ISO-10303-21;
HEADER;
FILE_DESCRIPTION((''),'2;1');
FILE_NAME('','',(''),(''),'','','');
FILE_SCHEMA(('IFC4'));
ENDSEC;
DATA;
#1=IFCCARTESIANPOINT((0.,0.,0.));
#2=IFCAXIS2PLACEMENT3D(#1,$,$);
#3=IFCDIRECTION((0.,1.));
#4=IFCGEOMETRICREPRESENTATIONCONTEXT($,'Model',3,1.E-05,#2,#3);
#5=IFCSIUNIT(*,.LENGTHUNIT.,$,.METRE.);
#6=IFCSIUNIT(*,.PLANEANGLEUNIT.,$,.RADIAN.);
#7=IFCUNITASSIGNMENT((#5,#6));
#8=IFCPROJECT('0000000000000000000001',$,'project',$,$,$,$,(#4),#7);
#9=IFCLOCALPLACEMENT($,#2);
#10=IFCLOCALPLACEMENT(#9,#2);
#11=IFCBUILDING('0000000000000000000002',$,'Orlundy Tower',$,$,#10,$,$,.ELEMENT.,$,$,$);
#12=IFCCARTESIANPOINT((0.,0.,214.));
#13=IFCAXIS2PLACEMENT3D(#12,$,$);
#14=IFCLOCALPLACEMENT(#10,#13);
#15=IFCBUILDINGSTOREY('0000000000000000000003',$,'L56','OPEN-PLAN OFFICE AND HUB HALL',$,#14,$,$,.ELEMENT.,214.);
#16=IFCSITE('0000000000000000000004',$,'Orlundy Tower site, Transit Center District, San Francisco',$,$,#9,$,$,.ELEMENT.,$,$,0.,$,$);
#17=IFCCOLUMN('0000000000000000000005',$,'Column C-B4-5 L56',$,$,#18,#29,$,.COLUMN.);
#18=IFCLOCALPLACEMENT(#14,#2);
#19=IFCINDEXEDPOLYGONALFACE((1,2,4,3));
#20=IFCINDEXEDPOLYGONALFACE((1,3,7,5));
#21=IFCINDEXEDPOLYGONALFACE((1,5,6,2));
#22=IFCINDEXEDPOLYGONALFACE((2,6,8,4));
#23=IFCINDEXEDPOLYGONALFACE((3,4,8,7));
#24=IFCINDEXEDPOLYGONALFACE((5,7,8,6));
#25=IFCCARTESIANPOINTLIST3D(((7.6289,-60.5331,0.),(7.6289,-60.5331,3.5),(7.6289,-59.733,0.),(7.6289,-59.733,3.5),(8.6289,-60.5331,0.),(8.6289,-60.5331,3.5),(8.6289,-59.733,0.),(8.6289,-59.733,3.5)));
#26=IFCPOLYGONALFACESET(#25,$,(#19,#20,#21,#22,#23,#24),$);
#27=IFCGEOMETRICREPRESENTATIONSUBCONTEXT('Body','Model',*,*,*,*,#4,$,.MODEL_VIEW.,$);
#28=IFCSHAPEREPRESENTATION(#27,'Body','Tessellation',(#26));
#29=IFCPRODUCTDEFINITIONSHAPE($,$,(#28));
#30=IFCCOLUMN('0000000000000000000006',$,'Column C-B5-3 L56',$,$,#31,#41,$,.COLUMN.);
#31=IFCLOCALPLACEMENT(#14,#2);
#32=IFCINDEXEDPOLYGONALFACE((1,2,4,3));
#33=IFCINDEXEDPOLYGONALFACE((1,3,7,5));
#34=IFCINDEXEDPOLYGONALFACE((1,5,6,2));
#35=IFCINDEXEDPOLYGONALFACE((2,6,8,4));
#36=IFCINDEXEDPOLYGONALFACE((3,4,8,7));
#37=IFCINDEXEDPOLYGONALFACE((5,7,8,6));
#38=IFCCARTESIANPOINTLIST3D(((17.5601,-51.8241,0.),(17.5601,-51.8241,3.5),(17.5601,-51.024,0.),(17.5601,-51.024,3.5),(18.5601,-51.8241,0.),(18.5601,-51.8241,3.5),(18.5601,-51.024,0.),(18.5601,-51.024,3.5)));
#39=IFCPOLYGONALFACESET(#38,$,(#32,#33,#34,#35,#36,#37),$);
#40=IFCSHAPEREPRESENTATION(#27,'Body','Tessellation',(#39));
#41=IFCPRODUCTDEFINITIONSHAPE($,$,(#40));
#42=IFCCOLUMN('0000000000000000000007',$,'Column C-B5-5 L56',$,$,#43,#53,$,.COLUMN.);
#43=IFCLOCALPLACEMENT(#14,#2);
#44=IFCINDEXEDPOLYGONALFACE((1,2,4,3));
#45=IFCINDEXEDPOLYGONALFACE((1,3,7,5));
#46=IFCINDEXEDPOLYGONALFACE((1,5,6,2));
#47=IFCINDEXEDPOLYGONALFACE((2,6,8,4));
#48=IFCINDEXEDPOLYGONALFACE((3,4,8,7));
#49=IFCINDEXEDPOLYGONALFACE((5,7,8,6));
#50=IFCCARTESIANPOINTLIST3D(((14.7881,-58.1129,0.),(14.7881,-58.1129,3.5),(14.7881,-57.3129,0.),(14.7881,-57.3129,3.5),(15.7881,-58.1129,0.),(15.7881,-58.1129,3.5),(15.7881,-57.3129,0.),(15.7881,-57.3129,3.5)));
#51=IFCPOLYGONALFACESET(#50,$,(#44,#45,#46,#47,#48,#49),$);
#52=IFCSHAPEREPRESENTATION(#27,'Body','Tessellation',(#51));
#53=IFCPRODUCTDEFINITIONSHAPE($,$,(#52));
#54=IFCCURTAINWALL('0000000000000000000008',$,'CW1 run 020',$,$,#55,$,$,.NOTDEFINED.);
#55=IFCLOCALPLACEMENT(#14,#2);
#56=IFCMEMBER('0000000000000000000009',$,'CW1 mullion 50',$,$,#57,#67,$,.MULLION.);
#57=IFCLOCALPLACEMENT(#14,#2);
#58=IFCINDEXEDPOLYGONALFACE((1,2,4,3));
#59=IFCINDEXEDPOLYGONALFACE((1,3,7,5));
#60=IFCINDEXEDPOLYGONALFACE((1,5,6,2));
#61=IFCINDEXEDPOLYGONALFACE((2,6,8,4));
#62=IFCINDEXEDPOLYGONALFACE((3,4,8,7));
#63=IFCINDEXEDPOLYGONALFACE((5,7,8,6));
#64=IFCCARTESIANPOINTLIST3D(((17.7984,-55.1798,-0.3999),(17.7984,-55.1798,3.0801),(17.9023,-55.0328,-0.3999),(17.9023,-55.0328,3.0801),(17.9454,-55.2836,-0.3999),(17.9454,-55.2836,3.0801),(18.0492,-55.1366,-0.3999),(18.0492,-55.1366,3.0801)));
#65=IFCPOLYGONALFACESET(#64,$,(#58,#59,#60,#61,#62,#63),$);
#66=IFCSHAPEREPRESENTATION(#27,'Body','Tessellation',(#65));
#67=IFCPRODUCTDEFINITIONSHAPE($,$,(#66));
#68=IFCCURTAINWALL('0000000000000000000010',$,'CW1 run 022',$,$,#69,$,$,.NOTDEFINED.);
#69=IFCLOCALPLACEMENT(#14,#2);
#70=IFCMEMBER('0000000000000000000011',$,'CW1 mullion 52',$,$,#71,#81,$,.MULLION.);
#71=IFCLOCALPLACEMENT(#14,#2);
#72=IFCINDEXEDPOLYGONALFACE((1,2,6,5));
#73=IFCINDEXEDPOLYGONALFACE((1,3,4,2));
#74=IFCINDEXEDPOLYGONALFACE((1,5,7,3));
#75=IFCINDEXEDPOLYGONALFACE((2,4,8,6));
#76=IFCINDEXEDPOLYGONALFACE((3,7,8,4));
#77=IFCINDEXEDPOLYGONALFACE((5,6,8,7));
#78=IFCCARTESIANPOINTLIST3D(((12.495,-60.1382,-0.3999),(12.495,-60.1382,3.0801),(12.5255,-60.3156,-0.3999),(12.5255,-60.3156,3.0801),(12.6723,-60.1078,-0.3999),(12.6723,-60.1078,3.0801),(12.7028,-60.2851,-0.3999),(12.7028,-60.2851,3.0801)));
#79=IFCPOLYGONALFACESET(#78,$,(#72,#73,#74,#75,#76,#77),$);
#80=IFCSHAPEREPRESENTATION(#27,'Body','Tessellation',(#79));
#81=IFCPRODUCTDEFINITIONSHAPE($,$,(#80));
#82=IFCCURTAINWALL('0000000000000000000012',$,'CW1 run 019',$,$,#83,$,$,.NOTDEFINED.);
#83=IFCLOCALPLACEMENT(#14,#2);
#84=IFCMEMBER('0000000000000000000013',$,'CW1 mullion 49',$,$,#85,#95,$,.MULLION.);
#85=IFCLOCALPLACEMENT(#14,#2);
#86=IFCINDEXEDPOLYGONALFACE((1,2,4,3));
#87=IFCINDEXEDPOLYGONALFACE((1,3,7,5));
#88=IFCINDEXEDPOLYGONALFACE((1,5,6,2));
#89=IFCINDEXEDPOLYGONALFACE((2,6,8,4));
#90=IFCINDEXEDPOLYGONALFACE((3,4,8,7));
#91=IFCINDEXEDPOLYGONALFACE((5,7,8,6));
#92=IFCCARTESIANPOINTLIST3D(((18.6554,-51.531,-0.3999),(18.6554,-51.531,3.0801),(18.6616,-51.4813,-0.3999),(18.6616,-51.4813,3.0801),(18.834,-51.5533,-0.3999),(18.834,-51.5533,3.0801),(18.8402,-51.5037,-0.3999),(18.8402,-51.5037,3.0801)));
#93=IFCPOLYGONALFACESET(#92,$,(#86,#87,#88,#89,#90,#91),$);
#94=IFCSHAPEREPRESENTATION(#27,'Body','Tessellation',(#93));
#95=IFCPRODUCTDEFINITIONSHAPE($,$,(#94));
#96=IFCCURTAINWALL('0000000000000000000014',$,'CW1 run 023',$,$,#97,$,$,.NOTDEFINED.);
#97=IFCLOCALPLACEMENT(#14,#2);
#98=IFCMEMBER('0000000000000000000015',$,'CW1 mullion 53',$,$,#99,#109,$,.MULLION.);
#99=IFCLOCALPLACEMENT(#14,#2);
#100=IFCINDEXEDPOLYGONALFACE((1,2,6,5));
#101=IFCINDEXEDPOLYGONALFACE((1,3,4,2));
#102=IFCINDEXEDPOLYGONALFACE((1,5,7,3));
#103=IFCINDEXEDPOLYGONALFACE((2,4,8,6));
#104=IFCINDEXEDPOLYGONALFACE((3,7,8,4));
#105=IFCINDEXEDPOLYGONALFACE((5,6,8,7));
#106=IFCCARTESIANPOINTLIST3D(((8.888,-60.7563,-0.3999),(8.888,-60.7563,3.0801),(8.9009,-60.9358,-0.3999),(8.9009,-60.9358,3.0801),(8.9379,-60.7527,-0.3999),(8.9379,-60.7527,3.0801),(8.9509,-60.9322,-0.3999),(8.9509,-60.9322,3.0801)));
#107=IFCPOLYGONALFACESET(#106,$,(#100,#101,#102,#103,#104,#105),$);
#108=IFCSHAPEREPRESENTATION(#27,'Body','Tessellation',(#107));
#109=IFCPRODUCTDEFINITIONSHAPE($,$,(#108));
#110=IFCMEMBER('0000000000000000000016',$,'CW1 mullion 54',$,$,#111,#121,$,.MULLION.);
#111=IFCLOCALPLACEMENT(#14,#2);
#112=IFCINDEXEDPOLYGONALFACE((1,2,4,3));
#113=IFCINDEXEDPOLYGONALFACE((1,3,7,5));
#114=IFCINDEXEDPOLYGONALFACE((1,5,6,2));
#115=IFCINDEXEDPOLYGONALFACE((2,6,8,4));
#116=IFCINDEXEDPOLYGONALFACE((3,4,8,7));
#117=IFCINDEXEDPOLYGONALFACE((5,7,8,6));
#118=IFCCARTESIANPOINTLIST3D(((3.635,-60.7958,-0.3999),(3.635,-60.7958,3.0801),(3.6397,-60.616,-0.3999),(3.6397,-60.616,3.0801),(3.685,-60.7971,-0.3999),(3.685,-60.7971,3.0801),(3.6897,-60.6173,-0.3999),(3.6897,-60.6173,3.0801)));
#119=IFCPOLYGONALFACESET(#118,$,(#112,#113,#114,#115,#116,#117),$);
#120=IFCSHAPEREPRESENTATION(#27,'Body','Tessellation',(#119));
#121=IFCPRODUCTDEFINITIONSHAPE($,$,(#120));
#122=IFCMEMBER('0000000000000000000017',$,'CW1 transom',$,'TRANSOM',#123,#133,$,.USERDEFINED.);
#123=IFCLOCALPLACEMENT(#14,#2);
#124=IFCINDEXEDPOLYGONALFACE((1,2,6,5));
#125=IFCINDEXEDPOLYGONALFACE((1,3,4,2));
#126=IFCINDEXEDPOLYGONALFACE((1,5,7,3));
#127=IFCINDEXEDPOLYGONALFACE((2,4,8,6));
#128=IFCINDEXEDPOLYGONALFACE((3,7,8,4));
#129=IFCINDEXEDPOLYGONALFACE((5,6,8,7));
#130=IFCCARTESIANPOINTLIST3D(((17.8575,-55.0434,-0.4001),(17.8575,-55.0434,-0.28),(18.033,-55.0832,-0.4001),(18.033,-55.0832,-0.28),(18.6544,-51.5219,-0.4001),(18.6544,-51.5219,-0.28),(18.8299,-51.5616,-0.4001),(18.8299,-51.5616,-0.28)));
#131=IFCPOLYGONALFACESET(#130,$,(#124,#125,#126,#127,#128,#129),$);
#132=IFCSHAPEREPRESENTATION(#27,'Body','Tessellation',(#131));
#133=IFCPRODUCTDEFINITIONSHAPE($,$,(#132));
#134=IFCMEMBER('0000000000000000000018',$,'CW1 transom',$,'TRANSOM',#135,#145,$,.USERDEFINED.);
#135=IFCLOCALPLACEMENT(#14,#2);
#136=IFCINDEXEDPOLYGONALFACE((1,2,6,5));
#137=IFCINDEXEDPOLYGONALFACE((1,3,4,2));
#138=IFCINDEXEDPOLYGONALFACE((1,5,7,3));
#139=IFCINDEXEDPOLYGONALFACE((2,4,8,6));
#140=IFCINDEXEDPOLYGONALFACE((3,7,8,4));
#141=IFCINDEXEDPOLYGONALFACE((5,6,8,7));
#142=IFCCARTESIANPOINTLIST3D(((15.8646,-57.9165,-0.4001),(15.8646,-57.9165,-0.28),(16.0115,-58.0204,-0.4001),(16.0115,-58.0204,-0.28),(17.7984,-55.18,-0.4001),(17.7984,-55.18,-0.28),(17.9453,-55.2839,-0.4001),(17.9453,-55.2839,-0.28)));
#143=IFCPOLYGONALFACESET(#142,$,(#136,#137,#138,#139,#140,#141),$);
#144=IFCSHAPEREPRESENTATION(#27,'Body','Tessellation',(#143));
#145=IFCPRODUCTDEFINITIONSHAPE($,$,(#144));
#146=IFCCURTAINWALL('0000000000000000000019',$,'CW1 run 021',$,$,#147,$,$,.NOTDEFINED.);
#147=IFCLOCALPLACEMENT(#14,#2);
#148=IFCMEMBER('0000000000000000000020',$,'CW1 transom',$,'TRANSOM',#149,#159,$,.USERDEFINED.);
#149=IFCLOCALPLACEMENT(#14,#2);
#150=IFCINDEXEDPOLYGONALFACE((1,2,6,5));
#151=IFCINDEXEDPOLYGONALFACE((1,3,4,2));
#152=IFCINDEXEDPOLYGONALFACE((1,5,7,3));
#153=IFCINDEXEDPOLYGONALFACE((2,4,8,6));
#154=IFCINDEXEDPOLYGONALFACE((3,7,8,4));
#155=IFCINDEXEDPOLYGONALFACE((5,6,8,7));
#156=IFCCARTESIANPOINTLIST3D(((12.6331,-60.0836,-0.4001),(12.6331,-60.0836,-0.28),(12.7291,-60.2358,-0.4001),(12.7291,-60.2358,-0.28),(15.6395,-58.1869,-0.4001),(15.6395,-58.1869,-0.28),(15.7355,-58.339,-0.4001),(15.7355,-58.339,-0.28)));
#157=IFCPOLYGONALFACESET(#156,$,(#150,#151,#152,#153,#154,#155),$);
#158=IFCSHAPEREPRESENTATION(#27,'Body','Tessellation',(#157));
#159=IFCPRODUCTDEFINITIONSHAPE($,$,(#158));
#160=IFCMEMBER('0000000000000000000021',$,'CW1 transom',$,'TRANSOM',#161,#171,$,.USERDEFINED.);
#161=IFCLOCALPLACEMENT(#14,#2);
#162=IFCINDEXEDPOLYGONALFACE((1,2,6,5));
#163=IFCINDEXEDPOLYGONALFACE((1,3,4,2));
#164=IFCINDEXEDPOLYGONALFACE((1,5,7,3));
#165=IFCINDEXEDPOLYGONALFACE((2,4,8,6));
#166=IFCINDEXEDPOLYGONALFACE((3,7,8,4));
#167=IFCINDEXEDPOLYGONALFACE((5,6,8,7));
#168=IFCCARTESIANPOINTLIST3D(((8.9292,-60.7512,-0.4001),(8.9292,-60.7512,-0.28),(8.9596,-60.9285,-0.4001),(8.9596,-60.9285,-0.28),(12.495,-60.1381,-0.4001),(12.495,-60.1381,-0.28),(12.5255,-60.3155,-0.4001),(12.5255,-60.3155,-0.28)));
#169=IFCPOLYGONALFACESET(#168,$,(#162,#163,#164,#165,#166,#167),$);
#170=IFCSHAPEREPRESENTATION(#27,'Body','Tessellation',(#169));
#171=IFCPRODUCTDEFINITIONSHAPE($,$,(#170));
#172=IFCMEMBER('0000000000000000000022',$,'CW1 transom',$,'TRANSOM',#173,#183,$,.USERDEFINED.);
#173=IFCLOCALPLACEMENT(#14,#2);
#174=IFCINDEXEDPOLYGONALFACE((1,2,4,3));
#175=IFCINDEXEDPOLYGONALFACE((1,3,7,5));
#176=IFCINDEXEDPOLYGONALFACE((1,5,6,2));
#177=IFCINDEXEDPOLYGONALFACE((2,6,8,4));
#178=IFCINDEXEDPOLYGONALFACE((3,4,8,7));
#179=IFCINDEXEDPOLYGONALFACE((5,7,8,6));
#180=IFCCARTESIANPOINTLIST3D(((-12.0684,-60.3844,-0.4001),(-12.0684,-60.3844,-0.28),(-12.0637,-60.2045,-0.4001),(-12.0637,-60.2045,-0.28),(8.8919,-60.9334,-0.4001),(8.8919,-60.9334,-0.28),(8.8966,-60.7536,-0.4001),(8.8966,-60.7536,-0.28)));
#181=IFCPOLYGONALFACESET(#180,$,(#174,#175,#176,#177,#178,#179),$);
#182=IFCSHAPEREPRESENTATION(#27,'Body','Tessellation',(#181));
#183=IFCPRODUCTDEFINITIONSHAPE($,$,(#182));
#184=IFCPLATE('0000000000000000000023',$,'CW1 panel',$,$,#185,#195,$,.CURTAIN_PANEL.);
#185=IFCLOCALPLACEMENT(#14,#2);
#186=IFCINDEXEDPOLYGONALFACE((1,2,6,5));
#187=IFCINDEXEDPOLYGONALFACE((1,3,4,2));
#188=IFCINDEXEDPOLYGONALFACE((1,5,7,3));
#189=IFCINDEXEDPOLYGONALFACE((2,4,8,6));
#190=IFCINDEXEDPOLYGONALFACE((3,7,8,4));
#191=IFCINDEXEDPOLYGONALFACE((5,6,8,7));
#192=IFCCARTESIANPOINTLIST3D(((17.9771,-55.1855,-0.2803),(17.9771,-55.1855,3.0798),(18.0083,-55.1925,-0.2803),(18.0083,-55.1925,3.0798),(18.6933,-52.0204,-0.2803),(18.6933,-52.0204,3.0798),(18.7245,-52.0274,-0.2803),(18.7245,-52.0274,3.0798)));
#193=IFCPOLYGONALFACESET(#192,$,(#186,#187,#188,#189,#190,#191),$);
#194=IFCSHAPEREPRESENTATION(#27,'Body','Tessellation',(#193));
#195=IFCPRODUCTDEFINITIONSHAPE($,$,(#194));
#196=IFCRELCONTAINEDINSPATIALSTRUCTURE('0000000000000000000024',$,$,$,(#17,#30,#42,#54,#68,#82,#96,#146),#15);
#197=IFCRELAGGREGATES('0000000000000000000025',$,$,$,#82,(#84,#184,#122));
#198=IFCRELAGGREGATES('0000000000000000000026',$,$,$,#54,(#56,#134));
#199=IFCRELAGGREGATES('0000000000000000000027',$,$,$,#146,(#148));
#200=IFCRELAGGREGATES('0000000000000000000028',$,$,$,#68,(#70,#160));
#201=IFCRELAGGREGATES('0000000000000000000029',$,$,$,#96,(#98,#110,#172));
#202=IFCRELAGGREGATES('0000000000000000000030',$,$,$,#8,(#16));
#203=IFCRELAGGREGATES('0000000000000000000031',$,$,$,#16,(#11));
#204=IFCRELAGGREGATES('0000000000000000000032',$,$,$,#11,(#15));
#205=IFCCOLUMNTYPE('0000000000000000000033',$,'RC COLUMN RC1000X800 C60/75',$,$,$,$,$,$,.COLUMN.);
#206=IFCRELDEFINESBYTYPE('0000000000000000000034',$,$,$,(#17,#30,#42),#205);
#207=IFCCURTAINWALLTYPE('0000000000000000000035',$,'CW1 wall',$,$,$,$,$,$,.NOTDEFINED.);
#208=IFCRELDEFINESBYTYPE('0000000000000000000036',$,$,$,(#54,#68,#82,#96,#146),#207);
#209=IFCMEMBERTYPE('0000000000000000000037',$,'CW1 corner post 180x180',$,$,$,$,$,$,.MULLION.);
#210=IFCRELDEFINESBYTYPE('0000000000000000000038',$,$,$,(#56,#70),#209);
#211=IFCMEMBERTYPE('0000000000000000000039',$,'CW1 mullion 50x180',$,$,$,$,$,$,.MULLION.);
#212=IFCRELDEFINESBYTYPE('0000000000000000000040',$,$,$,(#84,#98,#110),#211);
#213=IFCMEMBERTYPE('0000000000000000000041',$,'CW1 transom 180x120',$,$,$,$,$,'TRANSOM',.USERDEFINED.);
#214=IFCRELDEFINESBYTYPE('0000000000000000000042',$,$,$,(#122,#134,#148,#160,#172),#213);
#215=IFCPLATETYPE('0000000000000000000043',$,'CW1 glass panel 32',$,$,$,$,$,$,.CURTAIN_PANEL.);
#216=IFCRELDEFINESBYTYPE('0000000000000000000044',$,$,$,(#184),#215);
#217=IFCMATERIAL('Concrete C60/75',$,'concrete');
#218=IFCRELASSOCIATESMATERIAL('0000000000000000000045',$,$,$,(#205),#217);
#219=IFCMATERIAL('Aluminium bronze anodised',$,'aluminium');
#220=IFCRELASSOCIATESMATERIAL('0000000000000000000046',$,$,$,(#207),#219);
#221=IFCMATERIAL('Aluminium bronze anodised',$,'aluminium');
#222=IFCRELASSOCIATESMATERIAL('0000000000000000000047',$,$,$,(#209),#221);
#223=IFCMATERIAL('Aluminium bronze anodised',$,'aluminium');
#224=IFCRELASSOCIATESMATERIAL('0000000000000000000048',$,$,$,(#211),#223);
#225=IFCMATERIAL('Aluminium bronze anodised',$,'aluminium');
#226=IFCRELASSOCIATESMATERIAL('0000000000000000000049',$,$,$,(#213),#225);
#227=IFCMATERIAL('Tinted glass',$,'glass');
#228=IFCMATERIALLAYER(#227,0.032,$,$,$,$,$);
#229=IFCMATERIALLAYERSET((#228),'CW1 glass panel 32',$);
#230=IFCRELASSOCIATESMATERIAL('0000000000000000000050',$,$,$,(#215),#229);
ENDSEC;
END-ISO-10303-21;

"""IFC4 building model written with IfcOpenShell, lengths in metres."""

from ifc_helpers import new_model, si_unit, direction, frame, origin, origin_2d, place, context, subcontext, project, spatial, rectangle, extrude, material, layer, layer_set, material_profile, profile_set, type_object, element, aggregate, save


model = new_model("IFC4")

# Units and contexts
model_context = context("Model", 3, precision=1e-05, world=origin(), true_north=direction((0.0, 1.0)))
body_context = subcontext(model_context, "Body", "Model", "MODEL_VIEW")
ifc_project = project(units=[si_unit("LENGTHUNIT", "METRE"), si_unit("PLANEANGLEUNIT", "RADIAN")], contexts=[model_context])

# Site, building, storey
site_placement = place(None, origin())
site = spatial("IfcSite", under=ifc_project, at=site_placement, Name="Orlundy Tower site, Transit Center District, San Francisco", CompositionType="ELEMENT", RefElevation=0.0)
building_placement = place(site_placement, origin())
building = spatial("IfcBuilding", under=site, at=building_placement, Name="Orlundy Tower", CompositionType="ELEMENT")
storey_placement = place(building_placement, frame((0.0, 0.0, 214.0)))
storey = spatial("IfcBuildingStorey", under=building, at=storey_placement, Name="L56", Description="OPEN-PLAN OFFICE AND HUB HALL", CompositionType="ELEMENT", Elevation=214.0)

# Columns
ifc_material_1 = material(Name="Concrete C60/75", Category="concrete")
ifc_material_profile_1 = material_profile(ifc_material_1, rectangle(XDim=1.0, YDim=0.8, at=origin_2d()), Name="RC1000X800")
ifc_profile_set_1 = profile_set([ifc_material_profile_1], Name="Concrete C60/75")
column_type = type_object("IfcColumnType", Name="RC COLUMN RC1000X800 C60/75", PredefinedType="COLUMN", material=ifc_profile_set_1)
for number, where, z_axis, x_axis, name in (
    (1, (8.1289, -60.1331, 0.0), (0.0, 0.0, 1.0), (1.0, 0.0, 0.0), "Column C-B4-5 L56"),
    (2, (18.0601, -51.4241, 0.0), (0.0, 0.0, 1.0), (1.0, 0.0, 0.0), "Column C-B5-3 L56"),
    (3, (15.2881, -57.7129, 0.0), (0.0, 0.0, 1.0), (1.0, 0.0, 0.0), "Column C-B5-5 L56"),
):
    element("IfcColumn", number, at=place(storey_placement, frame(where, z_axis=z_axis, x_axis=x_axis)), inside=storey, type_object=column_type, Name=name, PredefinedType="COLUMN", context=body_context, shape_type="SweptSolid", body=[
        extrude(rectangle(XDim=1.0, YDim=0.8, at=origin_2d()), origin(), (0.0, 0.0, 1.0), 3.5),
    ])

# Curtain walls, members
ifc_material_2 = material(Name="Aluminium bronze anodised", Category="aluminium")
curtain_wall_type = type_object("IfcCurtainWallType", Name="CW1 wall", PredefinedType="NOTDEFINED", material=ifc_material_2)
curtain_wall_1_placement = place(storey_placement, origin())
curtain_wall_1 = element("IfcCurtainWall", 4, at=curtain_wall_1_placement, inside=storey, type_object=curtain_wall_type, Name="CW1 run 020", PredefinedType="NOTDEFINED")
ifc_material_3 = material(Name="Aluminium bronze anodised", Category="aluminium")
ifc_material_profile_2 = material_profile(ifc_material_3, rectangle(XDim=0.1799, YDim=0.1799, at=origin_2d()), Name="CW1 corner post 180x180")
ifc_profile_set_2 = profile_set([ifc_material_profile_2], Name="Aluminium bronze anodised")
member_type_1 = type_object("IfcMemberType", Name="CW1 corner post 180x180", PredefinedType="MULLION", material=ifc_profile_set_2)
member_1_placement = place(storey_placement, frame((17.9238, -55.1582, -0.3999), z_axis=(0.0, 0.0, 1.0), x_axis=(0.816676, -0.577096, 0.0)))
member_1 = element("IfcMember", 5, at=member_1_placement, type_object=member_type_1, Name="CW1 mullion 50", PredefinedType="MULLION", context=body_context, shape_type="SweptSolid", body=[
    extrude(rectangle(XDim=0.1799, YDim=0.1799, at=origin_2d()), origin(), (0.0, 0.0, 1.0), 3.48),
])
curtain_wall_2_placement = place(storey_placement, origin())
curtain_wall_2 = element("IfcCurtainWall", 6, at=curtain_wall_2_placement, inside=storey, type_object=curtain_wall_type, Name="CW1 run 022", PredefinedType="NOTDEFINED")
member_2_placement = place(storey_placement, frame((12.5989, -60.2117, -0.3999), z_axis=(0.0, 0.0, 1.0), x_axis=(0.169428, -0.985543, 0.0)))
member_2 = element("IfcMember", 7, at=member_2_placement, type_object=member_type_1, Name="CW1 mullion 52", PredefinedType="MULLION", context=body_context, shape_type="SweptSolid", body=[
    extrude(rectangle(XDim=0.1799, YDim=0.1799, at=origin_2d()), origin(), (0.0, 0.0, 1.0), 3.48),
])
curtain_wall_3_placement = place(storey_placement, origin())
curtain_wall_3 = element("IfcCurtainWall", 8, at=curtain_wall_3_placement, inside=storey, type_object=curtain_wall_type, Name="CW1 run 019", PredefinedType="NOTDEFINED")
ifc_material_4 = material(Name="Aluminium bronze anodised", Category="aluminium")
ifc_material_profile_3 = material_profile(ifc_material_4, rectangle(XDim=0.1799, YDim=0.05, at=origin_2d()), Name="CW1 mullion 50x180")
ifc_profile_set_3 = profile_set([ifc_material_profile_3], Name="Aluminium bronze anodised")
member_type_2 = type_object("IfcMemberType", Name="CW1 mullion 50x180", PredefinedType="MULLION", material=ifc_profile_set_3)
member_3_placement = place(storey_placement, frame((18.7478, -51.5173, -0.3999), z_axis=(0.0, 0.0, 1.0), x_axis=(0.992278, -0.12403, 0.0)))
member_3 = element("IfcMember", 9, at=member_3_placement, type_object=member_type_2, Name="CW1 mullion 49", PredefinedType="MULLION", context=body_context, shape_type="SweptSolid", body=[
    extrude(rectangle(XDim=0.1799, YDim=0.05, at=origin_2d()), origin(), (0.0, 0.0, 1.0), 3.48),
])

# Curtain wall, members
curtain_wall_4_placement = place(storey_placement, origin())
curtain_wall_4 = element("IfcCurtainWall", 10, at=curtain_wall_4_placement, inside=storey, type_object=curtain_wall_type, Name="CW1 run 023", PredefinedType="NOTDEFINED")
member_4_placement = place(storey_placement, frame((8.9194, -60.8442, -0.3999), z_axis=(0.0, 0.0, 1.0), x_axis=(0.071966, -0.997407, 0.0)))
member_4 = element("IfcMember", 11, at=member_4_placement, type_object=member_type_2, Name="CW1 mullion 53", PredefinedType="MULLION", context=body_context, shape_type="SweptSolid", body=[
    extrude(rectangle(XDim=0.1799, YDim=0.05, at=origin_2d()), origin(), (0.0, 0.0, 1.0), 3.48),
])
member_5_placement = place(storey_placement, frame((3.6624, -60.7065, -0.3999), z_axis=(0.0, 0.0, 1.0), x_axis=(-0.02619, -0.999657, 0.0)))
member_5 = element("IfcMember", 12, at=member_5_placement, type_object=member_type_2, Name="CW1 mullion 54", PredefinedType="MULLION", context=body_context, shape_type="SweptSolid", body=[
    extrude(rectangle(XDim=0.1799, YDim=0.05, at=origin_2d()), origin(), (0.0, 0.0, 1.0), 3.48),
])

# Members
ifc_material_5 = material(Name="Aluminium bronze anodised", Category="aluminium")
ifc_material_profile_4 = material_profile(ifc_material_5, rectangle(XDim=0.1799, YDim=0.1201, at=origin_2d()), Name="CW1 transom 180x120")
ifc_profile_set_4 = profile_set([ifc_material_profile_4], Name="Aluminium bronze anodised")
member_type_3 = type_object("IfcMemberType", Name="CW1 transom 180x120", ElementType="TRANSOM", PredefinedType="USERDEFINED", material=ifc_profile_set_4)
member_6_placement = place(storey_placement, frame((18.7422, -51.5417, -0.3401), z_axis=(-0.220709, -0.97534, 0.0), x_axis=(0.97534, -0.220709, 0.0)))
member_6 = element("IfcMember", 13, at=member_6_placement, type_object=member_type_3, Name="CW1 transom", ObjectType="TRANSOM", PredefinedType="USERDEFINED", context=body_context, shape_type="SweptSolid", body=[
    extrude(rectangle(XDim=0.1799, YDim=0.1201, at=origin_2d()), origin(), (0.0, 0.0, 1.0), 3.6106),
])
member_7_placement = place(storey_placement, frame((17.8718, -55.2319, -0.3401), z_axis=(-0.577109, -0.816667, 0.0), x_axis=(0.816667, -0.577109, 0.0)))
member_7 = element("IfcMember", 14, at=member_7_placement, type_object=member_type_3, Name="CW1 transom", ObjectType="TRANSOM", PredefinedType="USERDEFINED", context=body_context, shape_type="SweptSolid", body=[
    extrude(rectangle(XDim=0.1799, YDim=0.1201, at=origin_2d()), origin(), (0.0, 0.0, 1.0), 3.3508),
])

# Curtain wall, member
curtain_wall_5_placement = place(storey_placement, origin())
curtain_wall_5 = element("IfcCurtainWall", 15, at=curtain_wall_5_placement, inside=storey, type_object=curtain_wall_type, Name="CW1 run 021", PredefinedType="NOTDEFINED")
member_8_placement = place(storey_placement, frame((15.6875, -58.2629, -0.3401), z_axis=(-0.845745, -0.533587, 0.0), x_axis=(0.533587, -0.845745, 0.0)))
member_8 = element("IfcMember", 16, at=member_8_placement, type_object=member_type_3, Name="CW1 transom", ObjectType="TRANSOM", PredefinedType="USERDEFINED", context=body_context, shape_type="SweptSolid", body=[
    extrude(rectangle(XDim=0.1799, YDim=0.1201, at=origin_2d()), origin(), (0.0, 0.0, 1.0), 3.5547),
])

# Members
member_9_placement = place(storey_placement, frame((12.5103, -60.2268, -0.3401), z_axis=(-0.985542, -0.16943, 0.0), x_axis=(0.16943, -0.985542, 0.0)))
member_9 = element("IfcMember", 17, at=member_9_placement, type_object=member_type_3, Name="CW1 transom", ObjectType="TRANSOM", PredefinedType="USERDEFINED", context=body_context, shape_type="SweptSolid", body=[
    extrude(rectangle(XDim=0.1799, YDim=0.1201, at=origin_2d()), origin(), (0.0, 0.0, 1.0), 3.6182),
])
member_10_placement = place(storey_placement, frame((8.8943, -60.8435, -0.3401), z_axis=(-0.999657, 0.026187, 0.0), x_axis=(-0.026187, -0.999657, 0.0)))
member_10 = element("IfcMember", 18, at=member_10_placement, type_object=member_type_3, Name="CW1 transom", ObjectType="TRANSOM", PredefinedType="USERDEFINED", context=body_context, shape_type="SweptSolid", body=[
    extrude(rectangle(XDim=0.1799, YDim=0.1201, at=origin_2d()), origin(), (0.0, 0.0, 1.0), 20.9675),
])

# Plate
ifc_material_6 = material(Name="Tinted glass", Category="glass")
ifc_layer_1 = layer(ifc_material_6, 0.032)
ifc_layer_set_1 = layer_set([ifc_layer_1], Name="CW1 glass panel 32")
plate_type = type_object("IfcPlateType", Name="CW1 glass panel 32", PredefinedType="CURTAIN_PANEL", material=ifc_layer_set_1)
plate_1_placement = place(storey_placement, frame((18.3508, -53.6064, -0.2803), z_axis=(0.0, 0.0, 1.0), x_axis=(-0.2207, -0.975342, 0.0)))
plate_1 = element("IfcPlate", 19, at=plate_1_placement, type_object=plate_type, Name="CW1 panel", PredefinedType="CURTAIN_PANEL", context=body_context, shape_type="SweptSolid", body=[
    extrude(rectangle(XDim=3.2451, YDim=0.032, at=origin_2d()), origin(), (0.0, 0.0, 1.0), 3.3601),
])
aggregate(curtain_wall_3, [member_3, plate_1, member_6])
aggregate(curtain_wall_1, [member_1, member_7])
aggregate(curtain_wall_5, [member_8])
aggregate(curtain_wall_2, [member_2, member_9])
aggregate(curtain_wall_4, [member_4, member_5, member_10])

save(model, "model.ifc")
